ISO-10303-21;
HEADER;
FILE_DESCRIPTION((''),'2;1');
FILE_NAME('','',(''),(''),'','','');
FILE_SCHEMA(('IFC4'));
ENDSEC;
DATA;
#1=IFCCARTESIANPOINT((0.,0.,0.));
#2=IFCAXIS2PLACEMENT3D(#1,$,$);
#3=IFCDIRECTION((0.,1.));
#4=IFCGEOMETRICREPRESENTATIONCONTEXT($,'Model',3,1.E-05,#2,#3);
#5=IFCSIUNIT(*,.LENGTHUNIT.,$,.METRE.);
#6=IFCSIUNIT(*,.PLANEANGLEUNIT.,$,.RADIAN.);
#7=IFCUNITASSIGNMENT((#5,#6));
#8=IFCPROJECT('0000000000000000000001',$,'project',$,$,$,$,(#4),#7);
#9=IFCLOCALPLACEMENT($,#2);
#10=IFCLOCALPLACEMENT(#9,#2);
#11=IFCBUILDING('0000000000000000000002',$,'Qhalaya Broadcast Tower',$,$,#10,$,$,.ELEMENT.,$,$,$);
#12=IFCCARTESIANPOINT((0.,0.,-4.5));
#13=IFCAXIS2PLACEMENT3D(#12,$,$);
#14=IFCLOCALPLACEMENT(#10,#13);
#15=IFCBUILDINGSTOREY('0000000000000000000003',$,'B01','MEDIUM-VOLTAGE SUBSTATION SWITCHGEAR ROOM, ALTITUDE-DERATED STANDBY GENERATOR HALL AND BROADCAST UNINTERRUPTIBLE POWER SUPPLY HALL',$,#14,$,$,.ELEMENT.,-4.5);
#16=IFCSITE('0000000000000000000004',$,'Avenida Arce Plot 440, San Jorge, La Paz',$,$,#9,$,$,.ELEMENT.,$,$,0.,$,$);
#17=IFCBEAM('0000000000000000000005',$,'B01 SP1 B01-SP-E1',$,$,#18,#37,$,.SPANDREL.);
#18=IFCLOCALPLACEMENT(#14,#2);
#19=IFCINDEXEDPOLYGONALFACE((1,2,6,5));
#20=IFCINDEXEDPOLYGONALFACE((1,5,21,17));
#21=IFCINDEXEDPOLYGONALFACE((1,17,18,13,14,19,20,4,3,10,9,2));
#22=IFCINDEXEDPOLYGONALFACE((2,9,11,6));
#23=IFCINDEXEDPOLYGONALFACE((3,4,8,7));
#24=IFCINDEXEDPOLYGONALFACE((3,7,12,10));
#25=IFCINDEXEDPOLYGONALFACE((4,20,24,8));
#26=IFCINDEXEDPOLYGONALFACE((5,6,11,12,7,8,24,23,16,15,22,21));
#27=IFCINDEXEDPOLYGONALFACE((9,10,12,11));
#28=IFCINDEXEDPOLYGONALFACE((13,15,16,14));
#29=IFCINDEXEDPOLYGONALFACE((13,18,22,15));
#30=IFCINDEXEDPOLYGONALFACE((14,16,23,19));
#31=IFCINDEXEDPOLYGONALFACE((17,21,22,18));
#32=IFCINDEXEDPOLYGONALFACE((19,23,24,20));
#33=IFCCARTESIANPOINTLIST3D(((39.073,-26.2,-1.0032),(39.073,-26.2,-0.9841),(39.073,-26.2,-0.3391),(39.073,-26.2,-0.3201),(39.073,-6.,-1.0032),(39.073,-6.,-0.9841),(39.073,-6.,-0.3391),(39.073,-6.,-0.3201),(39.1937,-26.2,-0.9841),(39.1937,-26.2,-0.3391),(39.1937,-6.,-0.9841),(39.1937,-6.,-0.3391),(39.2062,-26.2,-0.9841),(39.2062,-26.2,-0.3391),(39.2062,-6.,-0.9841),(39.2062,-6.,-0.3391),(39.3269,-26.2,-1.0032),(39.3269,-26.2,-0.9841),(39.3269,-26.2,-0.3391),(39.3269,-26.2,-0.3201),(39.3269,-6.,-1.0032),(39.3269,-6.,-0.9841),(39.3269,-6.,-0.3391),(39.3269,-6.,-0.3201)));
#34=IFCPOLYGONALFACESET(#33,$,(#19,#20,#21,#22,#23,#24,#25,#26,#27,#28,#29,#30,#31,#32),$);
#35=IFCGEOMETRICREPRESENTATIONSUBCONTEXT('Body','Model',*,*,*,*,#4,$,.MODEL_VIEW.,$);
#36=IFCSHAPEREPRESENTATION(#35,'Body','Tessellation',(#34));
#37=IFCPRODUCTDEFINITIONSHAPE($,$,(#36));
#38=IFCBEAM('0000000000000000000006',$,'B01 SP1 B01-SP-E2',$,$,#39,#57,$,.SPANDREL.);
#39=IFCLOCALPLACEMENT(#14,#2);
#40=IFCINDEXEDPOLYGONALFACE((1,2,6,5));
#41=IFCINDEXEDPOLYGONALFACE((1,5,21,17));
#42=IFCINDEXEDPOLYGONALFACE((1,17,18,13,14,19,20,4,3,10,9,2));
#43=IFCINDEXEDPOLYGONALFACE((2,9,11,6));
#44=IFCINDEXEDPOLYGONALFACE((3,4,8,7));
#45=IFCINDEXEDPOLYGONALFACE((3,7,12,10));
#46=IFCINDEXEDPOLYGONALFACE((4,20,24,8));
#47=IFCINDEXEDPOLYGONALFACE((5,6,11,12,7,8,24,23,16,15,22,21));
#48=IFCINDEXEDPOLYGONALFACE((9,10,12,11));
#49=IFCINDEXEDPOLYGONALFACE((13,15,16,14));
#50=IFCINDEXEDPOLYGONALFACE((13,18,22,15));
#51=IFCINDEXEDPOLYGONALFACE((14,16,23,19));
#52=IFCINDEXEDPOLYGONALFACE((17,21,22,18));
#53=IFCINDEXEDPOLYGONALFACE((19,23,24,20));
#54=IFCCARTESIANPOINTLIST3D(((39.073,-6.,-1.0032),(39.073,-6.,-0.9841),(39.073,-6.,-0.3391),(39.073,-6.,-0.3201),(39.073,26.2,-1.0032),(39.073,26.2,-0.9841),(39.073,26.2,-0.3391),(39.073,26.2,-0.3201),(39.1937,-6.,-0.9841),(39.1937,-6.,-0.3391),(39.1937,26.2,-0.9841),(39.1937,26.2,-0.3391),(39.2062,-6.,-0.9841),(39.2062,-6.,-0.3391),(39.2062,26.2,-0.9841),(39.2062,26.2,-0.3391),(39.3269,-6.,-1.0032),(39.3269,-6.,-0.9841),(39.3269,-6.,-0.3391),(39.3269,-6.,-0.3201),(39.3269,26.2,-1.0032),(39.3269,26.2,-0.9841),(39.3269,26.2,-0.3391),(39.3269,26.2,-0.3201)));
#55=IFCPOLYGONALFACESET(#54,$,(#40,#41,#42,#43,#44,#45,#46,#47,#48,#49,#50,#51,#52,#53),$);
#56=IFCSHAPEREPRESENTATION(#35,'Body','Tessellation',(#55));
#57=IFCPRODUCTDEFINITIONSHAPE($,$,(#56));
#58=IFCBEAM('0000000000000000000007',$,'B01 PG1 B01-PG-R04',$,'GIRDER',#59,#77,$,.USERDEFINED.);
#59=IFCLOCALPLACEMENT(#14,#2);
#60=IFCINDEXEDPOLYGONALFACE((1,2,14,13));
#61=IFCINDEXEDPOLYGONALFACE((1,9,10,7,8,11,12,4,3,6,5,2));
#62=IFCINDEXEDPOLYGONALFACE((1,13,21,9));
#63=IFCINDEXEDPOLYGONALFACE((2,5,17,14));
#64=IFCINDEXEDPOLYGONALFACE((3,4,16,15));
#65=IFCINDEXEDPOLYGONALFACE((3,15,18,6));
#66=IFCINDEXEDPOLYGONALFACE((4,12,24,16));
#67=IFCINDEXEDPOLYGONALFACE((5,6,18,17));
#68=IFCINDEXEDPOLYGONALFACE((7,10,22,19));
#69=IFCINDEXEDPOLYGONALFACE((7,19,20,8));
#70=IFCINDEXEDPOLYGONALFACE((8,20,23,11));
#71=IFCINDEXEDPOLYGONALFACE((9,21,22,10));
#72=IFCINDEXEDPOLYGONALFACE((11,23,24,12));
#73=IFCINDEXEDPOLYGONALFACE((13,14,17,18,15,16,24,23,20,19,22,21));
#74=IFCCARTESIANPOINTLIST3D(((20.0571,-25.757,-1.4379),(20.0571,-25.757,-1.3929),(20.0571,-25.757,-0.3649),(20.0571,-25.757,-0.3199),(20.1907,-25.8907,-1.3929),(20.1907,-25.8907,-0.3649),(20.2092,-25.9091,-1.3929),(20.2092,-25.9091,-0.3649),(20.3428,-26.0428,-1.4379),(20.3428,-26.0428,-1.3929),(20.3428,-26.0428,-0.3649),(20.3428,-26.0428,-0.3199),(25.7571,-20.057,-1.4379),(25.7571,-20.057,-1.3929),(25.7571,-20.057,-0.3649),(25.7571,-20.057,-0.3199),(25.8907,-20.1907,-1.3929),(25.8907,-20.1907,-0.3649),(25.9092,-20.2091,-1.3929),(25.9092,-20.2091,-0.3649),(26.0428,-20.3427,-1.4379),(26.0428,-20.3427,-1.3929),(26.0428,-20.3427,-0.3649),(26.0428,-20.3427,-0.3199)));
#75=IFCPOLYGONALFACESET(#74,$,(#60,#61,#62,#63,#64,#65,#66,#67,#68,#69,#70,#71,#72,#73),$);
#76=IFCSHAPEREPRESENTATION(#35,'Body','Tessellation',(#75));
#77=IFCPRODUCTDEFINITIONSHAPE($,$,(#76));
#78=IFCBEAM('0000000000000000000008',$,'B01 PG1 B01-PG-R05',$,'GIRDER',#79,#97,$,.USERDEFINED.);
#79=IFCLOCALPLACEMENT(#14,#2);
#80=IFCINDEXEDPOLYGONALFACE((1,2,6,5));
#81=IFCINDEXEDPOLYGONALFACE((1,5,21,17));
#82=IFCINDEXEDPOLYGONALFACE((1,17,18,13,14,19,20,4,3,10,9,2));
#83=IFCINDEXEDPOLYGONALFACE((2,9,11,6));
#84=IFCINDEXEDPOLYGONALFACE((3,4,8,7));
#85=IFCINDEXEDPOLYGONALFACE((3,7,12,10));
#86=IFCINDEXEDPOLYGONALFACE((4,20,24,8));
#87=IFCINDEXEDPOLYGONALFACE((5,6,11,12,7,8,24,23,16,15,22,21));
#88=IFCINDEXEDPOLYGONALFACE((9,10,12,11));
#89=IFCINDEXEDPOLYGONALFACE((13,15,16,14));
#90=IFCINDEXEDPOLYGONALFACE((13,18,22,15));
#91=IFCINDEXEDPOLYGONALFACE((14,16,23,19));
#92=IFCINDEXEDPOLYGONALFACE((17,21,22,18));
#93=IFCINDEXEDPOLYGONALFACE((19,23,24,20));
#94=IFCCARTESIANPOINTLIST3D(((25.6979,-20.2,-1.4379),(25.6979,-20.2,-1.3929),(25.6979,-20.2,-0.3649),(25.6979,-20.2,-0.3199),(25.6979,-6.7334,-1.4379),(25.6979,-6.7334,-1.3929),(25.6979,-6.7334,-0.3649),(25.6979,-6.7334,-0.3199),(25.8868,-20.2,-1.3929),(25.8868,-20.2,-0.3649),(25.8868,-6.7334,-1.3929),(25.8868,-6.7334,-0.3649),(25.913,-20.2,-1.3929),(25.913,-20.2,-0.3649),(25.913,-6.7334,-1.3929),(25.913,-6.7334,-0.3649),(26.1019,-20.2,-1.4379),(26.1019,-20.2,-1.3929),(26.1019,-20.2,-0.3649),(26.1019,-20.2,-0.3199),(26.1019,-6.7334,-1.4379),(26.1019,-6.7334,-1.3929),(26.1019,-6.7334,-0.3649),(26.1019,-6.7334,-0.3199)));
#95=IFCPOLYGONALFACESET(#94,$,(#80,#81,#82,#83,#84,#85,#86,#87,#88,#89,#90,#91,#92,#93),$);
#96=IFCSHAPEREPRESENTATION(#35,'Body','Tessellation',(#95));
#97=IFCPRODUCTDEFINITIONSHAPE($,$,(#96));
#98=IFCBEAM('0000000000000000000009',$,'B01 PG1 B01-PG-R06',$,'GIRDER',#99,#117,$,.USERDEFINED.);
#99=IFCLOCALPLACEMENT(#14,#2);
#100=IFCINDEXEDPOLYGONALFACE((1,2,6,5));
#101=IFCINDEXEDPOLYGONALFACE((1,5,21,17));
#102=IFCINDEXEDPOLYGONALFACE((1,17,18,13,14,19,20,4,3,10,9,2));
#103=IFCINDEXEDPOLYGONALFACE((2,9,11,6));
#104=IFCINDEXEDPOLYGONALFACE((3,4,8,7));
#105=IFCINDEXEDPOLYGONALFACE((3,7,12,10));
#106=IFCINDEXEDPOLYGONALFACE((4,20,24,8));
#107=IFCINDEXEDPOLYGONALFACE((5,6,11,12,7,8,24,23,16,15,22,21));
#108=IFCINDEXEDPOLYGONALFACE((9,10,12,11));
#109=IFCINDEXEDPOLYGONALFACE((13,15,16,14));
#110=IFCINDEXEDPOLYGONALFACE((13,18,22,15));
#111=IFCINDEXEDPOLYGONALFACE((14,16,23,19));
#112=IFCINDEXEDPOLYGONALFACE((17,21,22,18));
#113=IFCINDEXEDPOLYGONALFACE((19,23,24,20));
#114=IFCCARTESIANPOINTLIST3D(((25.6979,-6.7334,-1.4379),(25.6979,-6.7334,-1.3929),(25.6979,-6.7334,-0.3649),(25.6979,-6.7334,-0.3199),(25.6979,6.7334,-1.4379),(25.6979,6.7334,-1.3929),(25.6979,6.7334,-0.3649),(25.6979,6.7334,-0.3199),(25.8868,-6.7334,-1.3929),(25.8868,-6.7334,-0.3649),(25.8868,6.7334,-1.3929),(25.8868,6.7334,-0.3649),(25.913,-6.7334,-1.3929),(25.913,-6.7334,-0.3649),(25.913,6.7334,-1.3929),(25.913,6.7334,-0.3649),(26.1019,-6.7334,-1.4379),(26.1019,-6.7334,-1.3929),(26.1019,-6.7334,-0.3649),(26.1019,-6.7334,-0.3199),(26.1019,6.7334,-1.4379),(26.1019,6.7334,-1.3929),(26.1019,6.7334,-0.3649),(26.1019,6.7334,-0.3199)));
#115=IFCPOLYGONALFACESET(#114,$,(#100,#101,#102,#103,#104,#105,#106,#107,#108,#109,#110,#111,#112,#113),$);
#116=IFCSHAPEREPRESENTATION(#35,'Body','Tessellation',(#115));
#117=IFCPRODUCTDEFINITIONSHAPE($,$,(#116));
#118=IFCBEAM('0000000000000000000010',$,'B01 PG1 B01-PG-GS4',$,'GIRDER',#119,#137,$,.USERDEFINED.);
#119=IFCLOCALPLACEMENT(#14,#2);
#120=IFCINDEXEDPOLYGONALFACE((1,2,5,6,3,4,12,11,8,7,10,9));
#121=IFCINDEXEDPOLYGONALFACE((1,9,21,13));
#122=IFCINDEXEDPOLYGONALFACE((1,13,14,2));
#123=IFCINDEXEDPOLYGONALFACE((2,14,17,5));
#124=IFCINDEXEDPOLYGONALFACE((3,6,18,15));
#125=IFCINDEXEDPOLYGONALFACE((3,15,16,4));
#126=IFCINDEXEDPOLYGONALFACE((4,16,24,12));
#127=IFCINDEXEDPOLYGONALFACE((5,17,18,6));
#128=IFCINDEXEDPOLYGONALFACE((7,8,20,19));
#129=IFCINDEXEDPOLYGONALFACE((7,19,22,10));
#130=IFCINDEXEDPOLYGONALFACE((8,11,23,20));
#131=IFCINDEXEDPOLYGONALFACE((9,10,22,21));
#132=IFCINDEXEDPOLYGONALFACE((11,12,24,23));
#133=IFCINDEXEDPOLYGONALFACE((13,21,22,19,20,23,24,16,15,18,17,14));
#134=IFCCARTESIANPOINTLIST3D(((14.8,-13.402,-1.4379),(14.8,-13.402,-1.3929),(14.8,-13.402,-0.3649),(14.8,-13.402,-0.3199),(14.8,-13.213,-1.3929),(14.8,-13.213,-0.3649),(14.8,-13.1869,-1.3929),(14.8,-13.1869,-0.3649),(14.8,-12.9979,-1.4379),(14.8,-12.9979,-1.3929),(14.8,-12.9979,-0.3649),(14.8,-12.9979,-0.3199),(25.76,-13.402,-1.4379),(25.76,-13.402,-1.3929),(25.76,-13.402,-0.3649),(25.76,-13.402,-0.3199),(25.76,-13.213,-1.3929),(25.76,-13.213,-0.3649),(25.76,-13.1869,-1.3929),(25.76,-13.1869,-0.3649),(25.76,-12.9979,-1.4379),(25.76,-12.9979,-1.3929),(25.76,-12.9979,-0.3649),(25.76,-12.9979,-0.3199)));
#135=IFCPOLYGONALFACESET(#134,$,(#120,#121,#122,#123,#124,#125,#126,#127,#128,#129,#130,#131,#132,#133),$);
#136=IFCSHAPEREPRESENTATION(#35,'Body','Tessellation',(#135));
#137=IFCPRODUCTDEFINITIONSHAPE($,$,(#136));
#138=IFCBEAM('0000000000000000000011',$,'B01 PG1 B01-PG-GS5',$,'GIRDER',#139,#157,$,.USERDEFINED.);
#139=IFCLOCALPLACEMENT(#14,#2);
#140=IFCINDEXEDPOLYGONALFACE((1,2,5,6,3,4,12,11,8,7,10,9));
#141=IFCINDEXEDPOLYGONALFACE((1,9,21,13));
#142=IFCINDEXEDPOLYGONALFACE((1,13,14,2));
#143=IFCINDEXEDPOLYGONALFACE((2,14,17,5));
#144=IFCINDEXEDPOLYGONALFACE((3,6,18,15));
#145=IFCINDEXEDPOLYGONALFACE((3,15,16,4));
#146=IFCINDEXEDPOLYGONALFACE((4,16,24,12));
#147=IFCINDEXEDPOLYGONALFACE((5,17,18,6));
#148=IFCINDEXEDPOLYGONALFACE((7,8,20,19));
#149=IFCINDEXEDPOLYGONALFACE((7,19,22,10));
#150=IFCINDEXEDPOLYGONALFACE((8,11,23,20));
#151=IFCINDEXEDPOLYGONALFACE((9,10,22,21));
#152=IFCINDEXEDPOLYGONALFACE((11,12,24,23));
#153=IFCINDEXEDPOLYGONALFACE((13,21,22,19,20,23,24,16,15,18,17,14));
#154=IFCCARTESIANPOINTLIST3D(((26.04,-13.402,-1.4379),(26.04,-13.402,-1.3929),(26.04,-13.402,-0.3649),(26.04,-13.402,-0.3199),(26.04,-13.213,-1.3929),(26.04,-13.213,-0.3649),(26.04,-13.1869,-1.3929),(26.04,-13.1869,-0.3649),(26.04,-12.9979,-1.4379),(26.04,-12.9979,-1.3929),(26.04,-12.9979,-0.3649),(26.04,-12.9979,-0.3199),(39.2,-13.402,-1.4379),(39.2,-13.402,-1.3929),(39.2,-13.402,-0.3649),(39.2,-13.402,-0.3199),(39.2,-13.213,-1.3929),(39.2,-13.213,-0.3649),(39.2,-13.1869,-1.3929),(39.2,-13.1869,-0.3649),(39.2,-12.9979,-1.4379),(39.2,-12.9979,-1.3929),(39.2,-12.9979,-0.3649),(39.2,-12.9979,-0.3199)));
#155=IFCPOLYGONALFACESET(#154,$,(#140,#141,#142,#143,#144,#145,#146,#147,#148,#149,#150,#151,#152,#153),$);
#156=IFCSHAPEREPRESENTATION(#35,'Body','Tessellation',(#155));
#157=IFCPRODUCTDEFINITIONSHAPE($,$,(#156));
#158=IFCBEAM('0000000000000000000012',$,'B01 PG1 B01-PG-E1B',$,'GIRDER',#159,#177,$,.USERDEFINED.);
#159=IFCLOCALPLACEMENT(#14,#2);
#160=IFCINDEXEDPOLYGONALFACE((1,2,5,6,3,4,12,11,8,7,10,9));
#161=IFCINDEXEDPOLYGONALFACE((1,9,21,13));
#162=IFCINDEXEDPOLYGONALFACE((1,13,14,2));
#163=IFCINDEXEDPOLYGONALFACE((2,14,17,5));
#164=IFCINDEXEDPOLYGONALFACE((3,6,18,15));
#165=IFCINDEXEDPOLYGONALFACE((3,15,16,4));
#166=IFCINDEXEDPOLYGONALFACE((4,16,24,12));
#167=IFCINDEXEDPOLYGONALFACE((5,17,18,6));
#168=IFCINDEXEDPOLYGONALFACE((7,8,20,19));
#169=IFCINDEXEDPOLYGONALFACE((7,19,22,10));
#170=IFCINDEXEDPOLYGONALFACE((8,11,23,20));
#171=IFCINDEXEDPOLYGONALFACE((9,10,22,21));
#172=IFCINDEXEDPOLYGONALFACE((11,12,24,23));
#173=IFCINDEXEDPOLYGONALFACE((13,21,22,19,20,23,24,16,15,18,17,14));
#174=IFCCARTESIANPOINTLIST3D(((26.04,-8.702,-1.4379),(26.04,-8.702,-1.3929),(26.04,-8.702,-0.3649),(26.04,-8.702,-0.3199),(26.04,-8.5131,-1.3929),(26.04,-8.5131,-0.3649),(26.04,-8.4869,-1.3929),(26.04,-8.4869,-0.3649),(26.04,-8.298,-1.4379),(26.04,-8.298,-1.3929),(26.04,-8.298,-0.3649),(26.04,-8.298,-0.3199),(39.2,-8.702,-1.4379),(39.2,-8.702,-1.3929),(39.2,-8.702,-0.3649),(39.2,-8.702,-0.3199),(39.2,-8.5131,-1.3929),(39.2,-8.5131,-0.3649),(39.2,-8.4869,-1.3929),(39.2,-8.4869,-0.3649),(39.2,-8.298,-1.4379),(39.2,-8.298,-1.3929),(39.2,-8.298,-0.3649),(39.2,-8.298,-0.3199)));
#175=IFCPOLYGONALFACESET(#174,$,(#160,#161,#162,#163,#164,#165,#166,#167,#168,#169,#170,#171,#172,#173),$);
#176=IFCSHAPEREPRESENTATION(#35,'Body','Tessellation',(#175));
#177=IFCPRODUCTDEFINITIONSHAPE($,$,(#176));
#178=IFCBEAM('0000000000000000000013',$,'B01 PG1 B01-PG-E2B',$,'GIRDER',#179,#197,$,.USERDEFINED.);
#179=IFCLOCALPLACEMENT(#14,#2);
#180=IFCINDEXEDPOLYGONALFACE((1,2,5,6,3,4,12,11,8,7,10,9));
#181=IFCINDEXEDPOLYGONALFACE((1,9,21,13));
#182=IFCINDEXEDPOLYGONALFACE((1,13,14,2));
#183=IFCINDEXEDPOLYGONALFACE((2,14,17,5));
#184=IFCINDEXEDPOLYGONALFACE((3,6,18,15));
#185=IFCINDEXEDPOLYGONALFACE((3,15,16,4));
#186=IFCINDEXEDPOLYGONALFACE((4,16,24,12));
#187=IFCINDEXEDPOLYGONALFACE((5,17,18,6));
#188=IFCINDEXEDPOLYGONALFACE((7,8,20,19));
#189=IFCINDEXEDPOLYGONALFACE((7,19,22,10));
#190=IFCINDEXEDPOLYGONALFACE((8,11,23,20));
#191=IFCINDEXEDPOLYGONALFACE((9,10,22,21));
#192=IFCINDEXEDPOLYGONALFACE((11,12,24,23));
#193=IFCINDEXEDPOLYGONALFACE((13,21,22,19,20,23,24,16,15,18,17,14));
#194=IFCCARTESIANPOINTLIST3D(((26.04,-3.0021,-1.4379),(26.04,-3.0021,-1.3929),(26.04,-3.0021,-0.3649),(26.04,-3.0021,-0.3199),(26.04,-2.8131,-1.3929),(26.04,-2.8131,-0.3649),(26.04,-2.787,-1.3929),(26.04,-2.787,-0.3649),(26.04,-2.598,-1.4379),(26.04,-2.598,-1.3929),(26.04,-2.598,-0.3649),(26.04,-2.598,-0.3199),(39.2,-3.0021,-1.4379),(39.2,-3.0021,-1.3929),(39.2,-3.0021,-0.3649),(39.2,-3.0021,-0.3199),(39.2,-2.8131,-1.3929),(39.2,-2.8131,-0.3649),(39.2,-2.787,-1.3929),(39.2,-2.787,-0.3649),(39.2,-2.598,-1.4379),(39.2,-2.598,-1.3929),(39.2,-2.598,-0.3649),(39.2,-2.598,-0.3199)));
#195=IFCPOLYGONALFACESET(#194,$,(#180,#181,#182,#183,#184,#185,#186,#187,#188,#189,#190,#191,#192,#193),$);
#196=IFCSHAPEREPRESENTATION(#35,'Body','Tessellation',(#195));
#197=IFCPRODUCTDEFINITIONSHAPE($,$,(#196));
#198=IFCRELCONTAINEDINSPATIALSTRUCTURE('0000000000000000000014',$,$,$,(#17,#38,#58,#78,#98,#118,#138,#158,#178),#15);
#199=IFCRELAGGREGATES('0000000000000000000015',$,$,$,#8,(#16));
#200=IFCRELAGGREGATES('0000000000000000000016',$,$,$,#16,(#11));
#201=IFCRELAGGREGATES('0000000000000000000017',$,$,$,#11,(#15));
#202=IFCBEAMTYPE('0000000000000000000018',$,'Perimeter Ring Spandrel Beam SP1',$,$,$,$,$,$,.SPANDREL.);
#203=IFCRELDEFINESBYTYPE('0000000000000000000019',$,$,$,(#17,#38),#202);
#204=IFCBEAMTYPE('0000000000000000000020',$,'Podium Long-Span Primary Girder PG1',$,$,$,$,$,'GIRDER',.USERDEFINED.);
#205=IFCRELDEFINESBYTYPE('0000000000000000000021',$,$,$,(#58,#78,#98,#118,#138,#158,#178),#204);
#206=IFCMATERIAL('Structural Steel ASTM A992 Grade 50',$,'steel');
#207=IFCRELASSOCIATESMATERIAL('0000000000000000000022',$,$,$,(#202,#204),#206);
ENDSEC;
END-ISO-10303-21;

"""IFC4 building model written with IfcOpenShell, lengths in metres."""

from ifc_helpers import new_model, si_unit, direction, frame, origin, origin_2d, place, context, subcontext, project, spatial, i_section, extrude, material, material_profile, profile_set, type_object, element, save


model = new_model("IFC4")

# Units and contexts
model_context = context("Model", 3, precision=1e-05, world=origin(), true_north=direction((0.0, 1.0)))
body_context = subcontext(model_context, "Body", "Model", "MODEL_VIEW")
ifc_project = project(units=[si_unit("LENGTHUNIT", "METRE"), si_unit("PLANEANGLEUNIT", "RADIAN")], contexts=[model_context])

# Site, building, storey
site_placement = place(None, origin())
site = spatial("IfcSite", under=ifc_project, at=site_placement, Name="Avenida Arce Plot 440, San Jorge, La Paz", CompositionType="ELEMENT", RefElevation=0.0)
building_placement = place(site_placement, origin())
building = spatial("IfcBuilding", under=site, at=building_placement, Name="Qhalaya Broadcast Tower", CompositionType="ELEMENT")
storey_placement = place(building_placement, frame((0.0, 0.0, -4.5)))
storey = spatial("IfcBuildingStorey", under=building, at=storey_placement, Name="B01", Description="MEDIUM-VOLTAGE SUBSTATION SWITCHGEAR ROOM, ALTITUDE-DERATED STANDBY GENERATOR HALL AND BROADCAST UNINTERRUPTIBLE POWER SUPPLY HALL", CompositionType="ELEMENT", Elevation=-4.5)

# Beams
ifc_material_1 = material(Name="Structural Steel ASTM A992 Grade 50", Category="steel")
ifc_material_profile_1 = material_profile(ifc_material_1, i_section(OverallWidth=0.2539, OverallDepth=0.6831, WebThickness=0.0125, FlangeThickness=0.019, at=origin_2d()), Name="W27X94")
ifc_profile_set_1 = profile_set([ifc_material_profile_1], Name="Structural Steel ASTM A992 Grade 50")
beam_type_1 = type_object("IfcBeamType", Name="Perimeter Ring Spandrel Beam SP1", PredefinedType="SPANDREL", material=ifc_profile_set_1)
beam_1_placement = place(storey_placement, frame((39.2, -26.2, -0.6616), z_axis=(0.0, 1.0, 0.0), x_axis=(-1.0, 0.0, 0.0)))
element("IfcBeam", 1, at=beam_1_placement, inside=storey, type_object=beam_type_1, Name="B01 SP1 B01-SP-E1", PredefinedType="SPANDREL", context=body_context, shape_type="SweptSolid", body=[
    extrude(i_section(OverallWidth=0.2539, OverallDepth=0.6831, WebThickness=0.0125, FlangeThickness=0.019, at=origin_2d()), origin(), (0.0, 0.0, 1.0), 20.2),
])
beam_2_placement = place(storey_placement, frame((39.2, -6.0, -0.6616), z_axis=(0.0, 1.0, 0.0), x_axis=(-1.0, 0.0, 0.0)))
element("IfcBeam", 2, at=beam_2_placement, inside=storey, type_object=beam_type_1, Name="B01 SP1 B01-SP-E2", PredefinedType="SPANDREL", context=body_context, shape_type="SweptSolid", body=[
    extrude(i_section(OverallWidth=0.2539, OverallDepth=0.6831, WebThickness=0.0125, FlangeThickness=0.019, at=origin_2d()), origin(), (0.0, 0.0, 1.0), 32.2),
])
ifc_material_profile_2 = material_profile(ifc_material_1, i_section(OverallWidth=0.4041, OverallDepth=1.1179, WebThickness=0.0261, FlangeThickness=0.0449, at=origin_2d()), Name="W44X335")
ifc_profile_set_2 = profile_set([ifc_material_profile_2], Name="Structural Steel ASTM A992 Grade 50")
beam_type_2 = type_object("IfcBeamType", Name="Podium Long-Span Primary Girder PG1", ElementType="GIRDER", PredefinedType="USERDEFINED", material=ifc_profile_set_2)
beam_3_placement = place(storey_placement, frame((20.2, -25.8999, -0.8789), z_axis=(0.707107, 0.707107, 0.0), x_axis=(-0.707107, 0.707107, 0.0)))
element("IfcBeam", 3, at=beam_3_placement, inside=storey, type_object=beam_type_2, Name="B01 PG1 B01-PG-R04", ObjectType="GIRDER", PredefinedType="USERDEFINED", context=body_context, shape_type="SweptSolid", body=[
    extrude(i_section(OverallWidth=0.4041, OverallDepth=1.1179, WebThickness=0.0261, FlangeThickness=0.0449, at=origin_2d()), origin(), (0.0, 0.0, 1.0), 8.061),
])
beam_4_placement = place(storey_placement, frame((25.8999, -20.2, -0.8789), z_axis=(0.0, 1.0, 0.0), x_axis=(-1.0, 0.0, 0.0)))
element("IfcBeam", 4, at=beam_4_placement, inside=storey, type_object=beam_type_2, Name="B01 PG1 B01-PG-R05", ObjectType="GIRDER", PredefinedType="USERDEFINED", context=body_context, shape_type="SweptSolid", body=[
    extrude(i_section(OverallWidth=0.4041, OverallDepth=1.1179, WebThickness=0.0261, FlangeThickness=0.0449, at=origin_2d()), origin(), (0.0, 0.0, 1.0), 13.4666),
])
beam_5_placement = place(storey_placement, frame((25.8999, -6.7334, -0.8789), z_axis=(0.0, 1.0, 0.0), x_axis=(-1.0, 0.0, 0.0)))
element("IfcBeam", 5, at=beam_5_placement, inside=storey, type_object=beam_type_2, Name="B01 PG1 B01-PG-R06", ObjectType="GIRDER", PredefinedType="USERDEFINED", context=body_context, shape_type="SweptSolid", body=[
    extrude(i_section(OverallWidth=0.4041, OverallDepth=1.1179, WebThickness=0.0261, FlangeThickness=0.0449, at=origin_2d()), origin(), (0.0, 0.0, 1.0), 13.4668),
])
beam_6_placement = place(storey_placement, frame((14.8, -13.2, -0.8789), z_axis=(1.0, 0.0, 0.0), x_axis=(0.0, 1.0, 0.0)))
element("IfcBeam", 6, at=beam_6_placement, inside=storey, type_object=beam_type_2, Name="B01 PG1 B01-PG-GS4", ObjectType="GIRDER", PredefinedType="USERDEFINED", context=body_context, shape_type="SweptSolid", body=[
    extrude(i_section(OverallWidth=0.4041, OverallDepth=1.1179, WebThickness=0.0261, FlangeThickness=0.0449, at=origin_2d()), origin(), (0.0, 0.0, 1.0), 10.96),
])
for number, where, z_axis, x_axis, name in (
    (7, (26.04, -13.2, -0.8789), (1.0, 0.0, 0.0), (0.0, 1.0, 0.0), "B01 PG1 B01-PG-GS5"),
    (8, (26.04, -8.5, -0.8789), (1.0, 0.0, 0.0), (0.0, 1.0, 0.0), "B01 PG1 B01-PG-E1B"),
    (9, (26.04, -2.8, -0.8789), (1.0, 0.0, 0.0), (0.0, 1.0, 0.0), "B01 PG1 B01-PG-E2B"),
):
    element("IfcBeam", number, at=place(storey_placement, frame(where, z_axis=z_axis, x_axis=x_axis)), inside=storey, type_object=beam_type_2, Name=name, ObjectType="GIRDER", PredefinedType="USERDEFINED", context=body_context, shape_type="SweptSolid", body=[
        extrude(i_section(OverallWidth=0.4041, OverallDepth=1.1179, WebThickness=0.0261, FlangeThickness=0.0449, at=origin_2d()), origin(), (0.0, 0.0, 1.0), 13.1599),
    ])

save(model, "model.ifc")
